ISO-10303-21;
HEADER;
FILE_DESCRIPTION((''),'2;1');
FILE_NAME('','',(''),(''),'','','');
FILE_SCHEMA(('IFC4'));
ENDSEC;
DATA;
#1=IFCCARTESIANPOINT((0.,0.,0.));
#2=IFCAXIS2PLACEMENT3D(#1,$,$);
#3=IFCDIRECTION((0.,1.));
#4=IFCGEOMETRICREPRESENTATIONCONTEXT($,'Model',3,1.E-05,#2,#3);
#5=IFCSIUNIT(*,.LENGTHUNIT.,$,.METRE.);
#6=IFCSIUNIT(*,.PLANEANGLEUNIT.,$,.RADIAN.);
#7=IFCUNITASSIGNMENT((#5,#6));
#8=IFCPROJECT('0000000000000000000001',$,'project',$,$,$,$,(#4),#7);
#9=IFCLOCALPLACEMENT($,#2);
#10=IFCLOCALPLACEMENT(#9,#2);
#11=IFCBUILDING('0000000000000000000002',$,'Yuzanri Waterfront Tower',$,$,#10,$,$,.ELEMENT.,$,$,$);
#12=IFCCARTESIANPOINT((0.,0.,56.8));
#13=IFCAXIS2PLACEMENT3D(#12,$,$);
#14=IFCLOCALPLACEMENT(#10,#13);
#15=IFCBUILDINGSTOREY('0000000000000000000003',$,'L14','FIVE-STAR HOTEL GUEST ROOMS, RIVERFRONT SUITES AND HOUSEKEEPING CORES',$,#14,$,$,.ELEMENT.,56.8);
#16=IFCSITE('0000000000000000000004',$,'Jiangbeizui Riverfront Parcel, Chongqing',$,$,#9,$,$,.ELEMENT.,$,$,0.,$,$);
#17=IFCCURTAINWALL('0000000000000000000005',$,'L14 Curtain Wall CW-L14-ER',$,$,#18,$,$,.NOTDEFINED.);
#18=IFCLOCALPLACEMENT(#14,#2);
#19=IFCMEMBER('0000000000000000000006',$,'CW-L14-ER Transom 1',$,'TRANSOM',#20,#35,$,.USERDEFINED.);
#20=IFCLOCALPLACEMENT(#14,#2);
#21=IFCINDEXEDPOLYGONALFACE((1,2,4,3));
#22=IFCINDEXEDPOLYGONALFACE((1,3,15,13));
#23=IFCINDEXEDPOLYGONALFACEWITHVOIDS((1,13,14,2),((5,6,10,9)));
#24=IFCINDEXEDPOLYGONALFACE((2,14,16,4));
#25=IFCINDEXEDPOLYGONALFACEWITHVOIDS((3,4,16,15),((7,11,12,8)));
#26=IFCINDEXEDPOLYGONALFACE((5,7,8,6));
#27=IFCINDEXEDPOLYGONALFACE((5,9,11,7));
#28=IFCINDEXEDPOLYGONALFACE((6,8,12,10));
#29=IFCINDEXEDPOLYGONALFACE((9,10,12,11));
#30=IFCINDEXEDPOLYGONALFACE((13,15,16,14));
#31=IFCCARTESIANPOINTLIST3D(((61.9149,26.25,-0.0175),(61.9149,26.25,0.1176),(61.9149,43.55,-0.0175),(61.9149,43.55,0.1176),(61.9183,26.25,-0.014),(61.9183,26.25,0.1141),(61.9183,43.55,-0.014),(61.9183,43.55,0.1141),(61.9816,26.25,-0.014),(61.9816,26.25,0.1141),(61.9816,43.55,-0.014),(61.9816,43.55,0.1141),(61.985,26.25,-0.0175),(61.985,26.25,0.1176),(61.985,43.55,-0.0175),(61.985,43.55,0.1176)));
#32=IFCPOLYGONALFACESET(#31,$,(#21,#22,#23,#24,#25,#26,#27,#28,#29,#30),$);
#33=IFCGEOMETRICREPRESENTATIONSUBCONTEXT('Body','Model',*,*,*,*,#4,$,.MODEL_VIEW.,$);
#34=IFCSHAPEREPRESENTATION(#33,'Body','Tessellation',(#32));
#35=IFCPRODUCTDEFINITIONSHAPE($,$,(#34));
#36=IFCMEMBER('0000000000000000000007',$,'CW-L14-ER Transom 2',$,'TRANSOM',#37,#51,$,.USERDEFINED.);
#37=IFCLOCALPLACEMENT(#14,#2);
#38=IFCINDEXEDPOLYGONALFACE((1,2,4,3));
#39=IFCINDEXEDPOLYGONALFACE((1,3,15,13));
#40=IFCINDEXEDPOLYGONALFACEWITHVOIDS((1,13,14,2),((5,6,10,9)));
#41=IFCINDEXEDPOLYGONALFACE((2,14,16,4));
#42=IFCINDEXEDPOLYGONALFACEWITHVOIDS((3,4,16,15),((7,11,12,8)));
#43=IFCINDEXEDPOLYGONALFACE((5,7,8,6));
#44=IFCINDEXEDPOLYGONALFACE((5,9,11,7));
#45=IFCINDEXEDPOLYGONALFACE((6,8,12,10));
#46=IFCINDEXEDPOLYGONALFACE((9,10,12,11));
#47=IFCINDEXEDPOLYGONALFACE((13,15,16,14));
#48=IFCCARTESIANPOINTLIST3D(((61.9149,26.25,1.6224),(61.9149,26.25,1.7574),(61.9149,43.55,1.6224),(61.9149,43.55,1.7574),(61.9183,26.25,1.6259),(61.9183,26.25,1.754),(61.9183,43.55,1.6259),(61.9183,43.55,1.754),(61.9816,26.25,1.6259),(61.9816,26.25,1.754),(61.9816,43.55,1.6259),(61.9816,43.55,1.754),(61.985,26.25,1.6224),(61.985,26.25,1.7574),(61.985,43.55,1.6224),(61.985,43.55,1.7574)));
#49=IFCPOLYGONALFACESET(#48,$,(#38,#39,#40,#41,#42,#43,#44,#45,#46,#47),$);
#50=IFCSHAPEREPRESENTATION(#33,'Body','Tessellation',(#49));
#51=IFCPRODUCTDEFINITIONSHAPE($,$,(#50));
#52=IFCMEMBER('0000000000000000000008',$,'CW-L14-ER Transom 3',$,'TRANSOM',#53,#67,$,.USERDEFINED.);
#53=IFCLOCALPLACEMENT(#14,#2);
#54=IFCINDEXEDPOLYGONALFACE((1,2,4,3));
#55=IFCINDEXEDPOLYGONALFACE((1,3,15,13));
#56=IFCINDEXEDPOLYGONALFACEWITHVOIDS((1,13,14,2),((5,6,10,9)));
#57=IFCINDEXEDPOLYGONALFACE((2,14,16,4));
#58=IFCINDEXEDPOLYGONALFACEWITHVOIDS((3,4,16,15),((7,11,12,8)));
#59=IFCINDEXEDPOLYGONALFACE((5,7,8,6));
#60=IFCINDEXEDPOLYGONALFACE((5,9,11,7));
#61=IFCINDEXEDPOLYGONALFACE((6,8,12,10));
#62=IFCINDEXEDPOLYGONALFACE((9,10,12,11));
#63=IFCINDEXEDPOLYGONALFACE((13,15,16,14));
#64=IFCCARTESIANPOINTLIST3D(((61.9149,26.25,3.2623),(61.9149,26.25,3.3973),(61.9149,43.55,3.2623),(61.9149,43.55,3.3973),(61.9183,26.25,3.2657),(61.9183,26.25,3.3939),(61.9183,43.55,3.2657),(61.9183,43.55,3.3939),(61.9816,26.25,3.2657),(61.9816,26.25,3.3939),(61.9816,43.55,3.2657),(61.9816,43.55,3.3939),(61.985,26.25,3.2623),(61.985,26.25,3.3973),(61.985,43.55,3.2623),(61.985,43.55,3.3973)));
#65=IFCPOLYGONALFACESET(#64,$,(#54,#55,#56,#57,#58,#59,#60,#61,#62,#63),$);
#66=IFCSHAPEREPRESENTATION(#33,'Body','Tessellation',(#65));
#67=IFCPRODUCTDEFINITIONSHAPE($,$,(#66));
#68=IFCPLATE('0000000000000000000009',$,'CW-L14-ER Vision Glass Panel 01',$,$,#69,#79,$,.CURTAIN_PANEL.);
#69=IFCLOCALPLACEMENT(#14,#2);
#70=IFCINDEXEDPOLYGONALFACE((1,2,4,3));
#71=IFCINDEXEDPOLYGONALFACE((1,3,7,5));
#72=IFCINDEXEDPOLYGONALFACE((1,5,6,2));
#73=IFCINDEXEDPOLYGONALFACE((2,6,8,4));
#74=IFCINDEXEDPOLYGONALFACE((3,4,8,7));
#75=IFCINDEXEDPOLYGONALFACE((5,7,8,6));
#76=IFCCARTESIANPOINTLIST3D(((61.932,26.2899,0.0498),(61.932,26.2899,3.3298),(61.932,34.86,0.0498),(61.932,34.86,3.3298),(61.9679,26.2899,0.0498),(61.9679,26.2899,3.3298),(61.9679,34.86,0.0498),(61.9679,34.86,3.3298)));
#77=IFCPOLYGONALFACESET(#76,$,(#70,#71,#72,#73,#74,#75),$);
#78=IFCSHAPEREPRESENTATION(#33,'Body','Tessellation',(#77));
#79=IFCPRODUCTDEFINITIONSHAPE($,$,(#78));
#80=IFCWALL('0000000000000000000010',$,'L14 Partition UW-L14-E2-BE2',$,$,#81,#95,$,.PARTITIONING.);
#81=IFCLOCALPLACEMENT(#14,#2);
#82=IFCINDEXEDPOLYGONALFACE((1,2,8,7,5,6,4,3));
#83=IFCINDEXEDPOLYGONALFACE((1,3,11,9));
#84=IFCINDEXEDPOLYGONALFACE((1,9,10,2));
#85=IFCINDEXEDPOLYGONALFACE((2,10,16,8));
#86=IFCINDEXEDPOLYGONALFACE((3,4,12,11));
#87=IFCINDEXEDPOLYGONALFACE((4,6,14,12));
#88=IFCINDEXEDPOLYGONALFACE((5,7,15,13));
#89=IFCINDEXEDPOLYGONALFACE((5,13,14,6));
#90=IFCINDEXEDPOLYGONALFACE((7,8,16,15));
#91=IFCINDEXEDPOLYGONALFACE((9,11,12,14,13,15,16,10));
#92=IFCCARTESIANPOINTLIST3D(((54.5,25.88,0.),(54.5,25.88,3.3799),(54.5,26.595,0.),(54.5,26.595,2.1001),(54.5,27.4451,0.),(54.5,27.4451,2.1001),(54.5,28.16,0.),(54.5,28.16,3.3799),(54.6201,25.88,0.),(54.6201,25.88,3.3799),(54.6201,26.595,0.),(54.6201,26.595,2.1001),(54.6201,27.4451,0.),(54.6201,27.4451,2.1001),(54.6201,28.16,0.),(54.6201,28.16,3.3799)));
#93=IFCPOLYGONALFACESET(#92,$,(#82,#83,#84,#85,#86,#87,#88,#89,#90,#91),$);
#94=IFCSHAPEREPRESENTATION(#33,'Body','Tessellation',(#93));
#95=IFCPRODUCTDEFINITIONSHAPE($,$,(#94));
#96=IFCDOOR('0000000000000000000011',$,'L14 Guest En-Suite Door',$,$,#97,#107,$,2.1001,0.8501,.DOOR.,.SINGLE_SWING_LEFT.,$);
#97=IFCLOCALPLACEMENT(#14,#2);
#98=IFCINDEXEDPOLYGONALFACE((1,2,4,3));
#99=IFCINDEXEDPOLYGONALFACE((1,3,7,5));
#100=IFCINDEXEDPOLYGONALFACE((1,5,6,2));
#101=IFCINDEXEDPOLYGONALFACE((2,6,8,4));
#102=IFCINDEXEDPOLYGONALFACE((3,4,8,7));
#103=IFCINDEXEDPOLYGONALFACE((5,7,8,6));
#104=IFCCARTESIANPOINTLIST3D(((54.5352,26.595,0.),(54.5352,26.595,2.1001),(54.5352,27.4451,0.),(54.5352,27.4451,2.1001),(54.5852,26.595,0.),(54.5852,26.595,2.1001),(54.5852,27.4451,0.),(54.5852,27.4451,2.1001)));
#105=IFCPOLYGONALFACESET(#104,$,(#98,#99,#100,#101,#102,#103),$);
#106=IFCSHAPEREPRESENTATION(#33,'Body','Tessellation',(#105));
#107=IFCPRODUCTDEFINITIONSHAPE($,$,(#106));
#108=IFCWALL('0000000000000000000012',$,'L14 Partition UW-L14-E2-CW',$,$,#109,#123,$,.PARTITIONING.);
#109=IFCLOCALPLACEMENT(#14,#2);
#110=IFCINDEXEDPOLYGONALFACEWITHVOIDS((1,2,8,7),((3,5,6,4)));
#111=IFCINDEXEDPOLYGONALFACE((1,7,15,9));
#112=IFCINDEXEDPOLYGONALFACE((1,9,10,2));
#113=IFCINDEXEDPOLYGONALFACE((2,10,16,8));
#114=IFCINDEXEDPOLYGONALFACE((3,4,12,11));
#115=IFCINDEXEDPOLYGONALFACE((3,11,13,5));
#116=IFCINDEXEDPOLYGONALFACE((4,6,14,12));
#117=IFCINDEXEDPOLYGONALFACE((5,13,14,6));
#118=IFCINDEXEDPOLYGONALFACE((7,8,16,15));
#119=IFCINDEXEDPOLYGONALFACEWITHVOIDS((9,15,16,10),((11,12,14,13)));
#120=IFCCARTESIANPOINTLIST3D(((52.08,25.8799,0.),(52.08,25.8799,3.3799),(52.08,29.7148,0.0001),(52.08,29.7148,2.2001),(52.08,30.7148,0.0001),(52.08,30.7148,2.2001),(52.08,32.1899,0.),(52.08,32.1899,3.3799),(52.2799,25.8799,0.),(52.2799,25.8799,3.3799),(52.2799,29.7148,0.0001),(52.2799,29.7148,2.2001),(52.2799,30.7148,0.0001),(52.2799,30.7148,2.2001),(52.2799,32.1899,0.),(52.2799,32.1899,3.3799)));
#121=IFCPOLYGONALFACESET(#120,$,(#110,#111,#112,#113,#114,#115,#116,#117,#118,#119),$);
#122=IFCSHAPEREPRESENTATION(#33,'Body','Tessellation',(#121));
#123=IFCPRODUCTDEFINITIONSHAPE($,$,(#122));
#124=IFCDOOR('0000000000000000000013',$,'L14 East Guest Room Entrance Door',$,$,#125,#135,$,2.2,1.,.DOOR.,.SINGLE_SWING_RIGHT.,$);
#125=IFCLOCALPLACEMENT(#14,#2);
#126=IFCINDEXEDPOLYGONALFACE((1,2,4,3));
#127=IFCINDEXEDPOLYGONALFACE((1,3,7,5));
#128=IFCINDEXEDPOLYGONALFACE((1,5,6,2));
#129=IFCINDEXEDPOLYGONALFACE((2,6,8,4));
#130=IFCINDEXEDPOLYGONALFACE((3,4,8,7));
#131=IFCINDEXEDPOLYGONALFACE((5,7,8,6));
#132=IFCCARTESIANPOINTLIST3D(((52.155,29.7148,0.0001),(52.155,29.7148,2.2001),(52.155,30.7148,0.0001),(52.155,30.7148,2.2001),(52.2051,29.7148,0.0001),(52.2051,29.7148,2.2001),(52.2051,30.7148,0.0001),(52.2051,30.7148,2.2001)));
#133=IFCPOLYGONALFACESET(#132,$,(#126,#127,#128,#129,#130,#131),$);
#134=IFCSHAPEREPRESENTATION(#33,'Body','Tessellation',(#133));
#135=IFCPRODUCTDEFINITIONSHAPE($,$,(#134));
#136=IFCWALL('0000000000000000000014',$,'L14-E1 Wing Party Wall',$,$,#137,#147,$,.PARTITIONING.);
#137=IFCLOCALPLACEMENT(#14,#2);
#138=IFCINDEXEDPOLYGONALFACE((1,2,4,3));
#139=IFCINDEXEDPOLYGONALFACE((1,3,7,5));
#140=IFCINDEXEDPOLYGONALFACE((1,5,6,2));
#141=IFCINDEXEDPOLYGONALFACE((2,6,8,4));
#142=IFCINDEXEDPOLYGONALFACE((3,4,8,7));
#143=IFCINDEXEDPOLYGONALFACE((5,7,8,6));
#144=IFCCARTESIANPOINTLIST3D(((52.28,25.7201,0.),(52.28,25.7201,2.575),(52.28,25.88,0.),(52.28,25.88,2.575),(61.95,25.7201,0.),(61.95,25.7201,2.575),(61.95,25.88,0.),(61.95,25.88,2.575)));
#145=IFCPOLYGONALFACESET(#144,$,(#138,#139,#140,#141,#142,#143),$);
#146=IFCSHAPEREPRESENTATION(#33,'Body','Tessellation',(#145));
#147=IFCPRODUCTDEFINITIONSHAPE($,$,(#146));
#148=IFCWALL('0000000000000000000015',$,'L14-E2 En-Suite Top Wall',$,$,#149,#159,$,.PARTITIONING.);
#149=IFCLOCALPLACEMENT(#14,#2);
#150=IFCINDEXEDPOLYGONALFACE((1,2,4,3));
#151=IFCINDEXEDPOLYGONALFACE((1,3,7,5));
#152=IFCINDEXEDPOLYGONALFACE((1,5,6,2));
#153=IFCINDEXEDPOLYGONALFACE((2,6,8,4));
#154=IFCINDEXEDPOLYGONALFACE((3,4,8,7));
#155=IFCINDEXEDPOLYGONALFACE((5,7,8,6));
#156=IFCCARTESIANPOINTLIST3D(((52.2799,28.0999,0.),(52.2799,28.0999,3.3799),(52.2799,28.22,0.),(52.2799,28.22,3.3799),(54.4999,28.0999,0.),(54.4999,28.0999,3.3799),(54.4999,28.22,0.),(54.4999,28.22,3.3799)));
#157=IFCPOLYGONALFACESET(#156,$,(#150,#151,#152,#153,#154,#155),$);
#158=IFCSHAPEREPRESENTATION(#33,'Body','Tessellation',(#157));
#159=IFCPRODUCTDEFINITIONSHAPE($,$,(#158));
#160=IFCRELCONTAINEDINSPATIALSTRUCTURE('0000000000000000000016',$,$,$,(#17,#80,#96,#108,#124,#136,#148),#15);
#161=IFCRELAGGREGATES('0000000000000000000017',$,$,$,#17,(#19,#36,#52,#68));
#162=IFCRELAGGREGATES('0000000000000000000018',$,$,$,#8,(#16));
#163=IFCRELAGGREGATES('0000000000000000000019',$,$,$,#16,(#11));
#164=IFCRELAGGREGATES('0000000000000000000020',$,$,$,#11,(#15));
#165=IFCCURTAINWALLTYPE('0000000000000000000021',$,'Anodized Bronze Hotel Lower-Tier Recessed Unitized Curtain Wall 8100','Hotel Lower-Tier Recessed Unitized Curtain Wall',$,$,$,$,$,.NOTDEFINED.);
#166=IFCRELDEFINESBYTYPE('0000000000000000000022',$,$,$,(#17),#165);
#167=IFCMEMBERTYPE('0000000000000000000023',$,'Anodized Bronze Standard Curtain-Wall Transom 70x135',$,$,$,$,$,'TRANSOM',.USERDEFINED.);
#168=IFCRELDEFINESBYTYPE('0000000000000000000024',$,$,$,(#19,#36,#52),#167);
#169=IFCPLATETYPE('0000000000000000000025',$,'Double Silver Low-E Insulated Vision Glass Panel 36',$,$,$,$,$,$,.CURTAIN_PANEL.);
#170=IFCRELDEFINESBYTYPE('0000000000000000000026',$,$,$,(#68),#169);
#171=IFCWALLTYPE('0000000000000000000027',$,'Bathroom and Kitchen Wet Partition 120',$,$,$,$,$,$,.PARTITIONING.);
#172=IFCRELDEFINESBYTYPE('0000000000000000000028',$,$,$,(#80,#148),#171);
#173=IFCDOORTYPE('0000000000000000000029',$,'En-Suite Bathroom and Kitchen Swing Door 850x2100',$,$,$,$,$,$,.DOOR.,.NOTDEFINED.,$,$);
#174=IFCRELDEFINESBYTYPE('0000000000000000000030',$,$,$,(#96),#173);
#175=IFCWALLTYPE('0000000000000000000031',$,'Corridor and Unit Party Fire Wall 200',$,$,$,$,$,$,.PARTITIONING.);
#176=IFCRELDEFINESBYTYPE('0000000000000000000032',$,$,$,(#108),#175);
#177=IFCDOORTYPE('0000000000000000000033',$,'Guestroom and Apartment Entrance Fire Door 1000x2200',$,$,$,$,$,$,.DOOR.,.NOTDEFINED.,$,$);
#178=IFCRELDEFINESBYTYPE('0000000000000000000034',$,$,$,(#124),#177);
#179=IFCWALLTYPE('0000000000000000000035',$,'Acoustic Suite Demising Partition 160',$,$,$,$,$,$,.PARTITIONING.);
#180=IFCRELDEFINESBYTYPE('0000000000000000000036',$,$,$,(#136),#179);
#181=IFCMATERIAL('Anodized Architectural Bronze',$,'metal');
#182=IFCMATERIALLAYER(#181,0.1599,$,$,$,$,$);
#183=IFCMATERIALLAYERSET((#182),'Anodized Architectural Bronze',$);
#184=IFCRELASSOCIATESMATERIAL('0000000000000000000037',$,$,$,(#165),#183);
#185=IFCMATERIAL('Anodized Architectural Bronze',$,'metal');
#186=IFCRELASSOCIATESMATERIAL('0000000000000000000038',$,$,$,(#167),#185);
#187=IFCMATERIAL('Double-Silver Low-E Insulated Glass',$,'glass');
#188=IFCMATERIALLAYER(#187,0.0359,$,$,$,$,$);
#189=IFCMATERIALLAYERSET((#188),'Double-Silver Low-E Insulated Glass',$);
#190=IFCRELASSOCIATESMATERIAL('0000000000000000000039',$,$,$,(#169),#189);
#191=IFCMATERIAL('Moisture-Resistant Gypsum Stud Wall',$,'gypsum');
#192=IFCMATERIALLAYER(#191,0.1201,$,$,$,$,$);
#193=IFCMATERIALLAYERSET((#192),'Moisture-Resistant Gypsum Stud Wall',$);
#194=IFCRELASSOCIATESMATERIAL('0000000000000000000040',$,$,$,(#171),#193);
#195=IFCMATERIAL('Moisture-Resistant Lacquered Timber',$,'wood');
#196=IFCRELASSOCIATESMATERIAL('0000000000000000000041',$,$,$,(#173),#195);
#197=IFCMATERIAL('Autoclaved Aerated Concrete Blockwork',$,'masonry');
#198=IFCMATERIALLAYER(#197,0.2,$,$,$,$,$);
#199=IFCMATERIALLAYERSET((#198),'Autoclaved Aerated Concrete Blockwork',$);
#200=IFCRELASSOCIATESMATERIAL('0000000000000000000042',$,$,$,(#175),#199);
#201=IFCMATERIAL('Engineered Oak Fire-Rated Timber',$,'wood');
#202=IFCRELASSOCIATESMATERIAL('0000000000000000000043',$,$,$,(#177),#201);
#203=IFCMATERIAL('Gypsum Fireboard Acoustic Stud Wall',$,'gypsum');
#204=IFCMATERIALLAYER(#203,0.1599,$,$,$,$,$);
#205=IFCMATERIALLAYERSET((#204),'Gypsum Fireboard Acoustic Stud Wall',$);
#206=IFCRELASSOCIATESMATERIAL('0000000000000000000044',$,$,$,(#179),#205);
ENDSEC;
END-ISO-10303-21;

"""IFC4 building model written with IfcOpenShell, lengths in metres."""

from ifc_helpers import new_model, si_unit, direction, frame, frame_2d, origin, origin_2d, place, context, subcontext, project, spatial, rectangle, hollow_rectangle, extrude, source, transform, mapped, material, layer, layer_set, material_profile, profile_set, type_object, element, fill, aggregate, save


model = new_model("IFC4")

# Units and contexts
model_context = context("Model", 3, precision=1e-05, world=origin(), true_north=direction((0.0, 1.0)))
body_context = subcontext(model_context, "Body", "Model", "MODEL_VIEW")
ifc_project = project(units=[si_unit("LENGTHUNIT", "METRE"), si_unit("PLANEANGLEUNIT", "RADIAN")], contexts=[model_context])

# Site, building, storey
site_placement = place(None, origin())
site = spatial("IfcSite", under=ifc_project, at=site_placement, Name="Jiangbeizui Riverfront Parcel, Chongqing", CompositionType="ELEMENT", RefElevation=0.0)
building_placement = place(site_placement, origin())
building = spatial("IfcBuilding", under=site, at=building_placement, Name="Yuzanri Waterfront Tower", CompositionType="ELEMENT")
storey_placement = place(building_placement, frame((0.0, 0.0, 56.8)))
storey = spatial("IfcBuildingStorey", under=building, at=storey_placement, Name="L14", Description="FIVE-STAR HOTEL GUEST ROOMS, RIVERFRONT SUITES AND HOUSEKEEPING CORES", CompositionType="ELEMENT", Elevation=56.8)

# Shared definitions
ifc_material_1 = material(Name="Anodized Architectural Bronze", Category="metal")
ifc_layer_1 = layer(ifc_material_1, 0.1599)
ifc_layer_set_1 = layer_set([ifc_layer_1], Name="Anodized Architectural Bronze")
curtain_wall_type = type_object("IfcCurtainWallType", Name="Anodized Bronze Hotel Lower-Tier Recessed Unitized Curtain Wall 8100", Description="Hotel Lower-Tier Recessed Unitized Curtain Wall", PredefinedType="NOTDEFINED", material=ifc_layer_set_1)

# Curtain wall, members, plate
curtain_wall_1_placement = place(storey_placement, origin())
curtain_wall_1 = element("IfcCurtainWall", 1, at=curtain_wall_1_placement, inside=storey, type_object=curtain_wall_type, Name="L14 Curtain Wall CW-L14-ER", PredefinedType="NOTDEFINED")
ifc_material_2 = material(Name="Anodized Architectural Bronze", Category="metal")
ifc_material_profile_1 = material_profile(ifc_material_2, hollow_rectangle(XDim=0.0701, YDim=0.135, WallThickness=0.0034, at=origin_2d()), Name="CWT 70x135")
ifc_profile_set_1 = profile_set([ifc_material_profile_1], Name="Anodized Architectural Bronze")
member_type_1 = type_object("IfcMemberType", Name="Anodized Bronze Standard Curtain-Wall Transom 70x135", ElementType="TRANSOM", PredefinedType="USERDEFINED", material=ifc_profile_set_1)
shared_shape_1 = source(origin(), body_context, "Body", "SweptSolid", [
    extrude(hollow_rectangle(XDim=0.0701, YDim=0.135, WallThickness=0.0034, at=origin_2d()), origin(), (0.0, 0.0, 1.0), 17.3),
])
member_1_placement = place(storey_placement, frame((61.95, 26.25, 0.05), z_axis=(0.0, 1.0, 0.0), x_axis=(-1.0, 0.0, 0.0)))
member_1 = element("IfcMember", 2, at=member_1_placement, type_object=member_type_1, Name="CW-L14-ER Transom 1", ObjectType="TRANSOM", PredefinedType="USERDEFINED", context=body_context, shape_type="MappedRepresentation", body=[
    mapped(shared_shape_1, transform((0.0, 0.0, 0.0), scale=1.0)),
])
member_2_placement = place(storey_placement, frame((61.95, 26.25, 1.6899), z_axis=(0.0, 1.0, 0.0), x_axis=(-1.0, 0.0, 0.0)))
member_2 = element("IfcMember", 3, at=member_2_placement, type_object=member_type_1, Name="CW-L14-ER Transom 2", ObjectType="TRANSOM", PredefinedType="USERDEFINED", context=body_context, shape_type="MappedRepresentation", body=[
    mapped(shared_shape_1, transform((0.0, 0.0, 0.0), scale=1.0)),
])
member_3_placement = place(storey_placement, frame((61.95, 26.25, 3.3298), z_axis=(0.0, 1.0, 0.0), x_axis=(-1.0, 0.0, 0.0)))
member_3 = element("IfcMember", 4, at=member_3_placement, type_object=member_type_1, Name="CW-L14-ER Transom 3", ObjectType="TRANSOM", PredefinedType="USERDEFINED", context=body_context, shape_type="MappedRepresentation", body=[
    mapped(shared_shape_1, transform((0.0, 0.0, 0.0), scale=1.0)),
])
ifc_material_3 = material(Name="Double-Silver Low-E Insulated Glass", Category="glass")
ifc_layer_2 = layer(ifc_material_3, 0.0359)
ifc_layer_set_2 = layer_set([ifc_layer_2], Name="Double-Silver Low-E Insulated Glass")
plate_type = type_object("IfcPlateType", Name="Double Silver Low-E Insulated Vision Glass Panel 36", PredefinedType="CURTAIN_PANEL", material=ifc_layer_set_2)
shared_shape_2 = source(origin(), body_context, "Body", "SweptSolid", [
    extrude(rectangle(XDim=8.5701, YDim=0.0359, at=origin_2d()), origin(), (0.0, 0.0, 1.0), 3.28),
])
plate_placement = place(storey_placement, frame((61.95, 30.575, 0.0498), z_axis=(0.0, 0.0, 1.0), x_axis=(0.0, 1.0, 0.0)))
plate = element("IfcPlate", 5, at=plate_placement, type_object=plate_type, Name="CW-L14-ER Vision Glass Panel 01", PredefinedType="CURTAIN_PANEL", context=body_context, shape_type="MappedRepresentation", body=[
    mapped(shared_shape_2, transform((0.0, 0.0, 0.0), scale=1.0)),
])
aggregate(curtain_wall_1, [member_1, member_2, member_3, plate])

# Walls, openings, doors
ifc_material_4 = material(Name="Moisture-Resistant Gypsum Stud Wall", Category="gypsum")
ifc_layer_3 = layer(ifc_material_4, 0.1201)
ifc_layer_set_3 = layer_set([ifc_layer_3], Name="Moisture-Resistant Gypsum Stud Wall")
wall_type_1 = type_object("IfcWallType", Name="Bathroom and Kitchen Wet Partition 120", PredefinedType="PARTITIONING", material=ifc_layer_set_3)
wall_1_placement = place(storey_placement, frame((54.5601, 25.8799, 0.0), z_axis=(0.0, 0.0, 1.0), x_axis=(0.0, 1.0, 0.0)))
wall_1 = element("IfcWall", 6, at=wall_1_placement, inside=storey, type_object=wall_type_1, Name="L14 Partition UW-L14-E2-BE2", PredefinedType="PARTITIONING", context=body_context, shape_type="SweptSolid", body=[
    extrude(rectangle(XDim=2.28, YDim=0.1201, at=frame_2d((1.1401, 0.0))), origin(), (0.0, 0.0, 1.0), 3.3799),
])
opening_1_placement = place(wall_1_placement, frame((0.7151, 0.0, 0.0)))
opening_1 = element("IfcOpeningElement", 7, at=opening_1_placement, cuts=wall_1, PredefinedType="OPENING", context=body_context, shape_type="SweptSolid", body=[
    extrude(rectangle(XDim=0.8501, YDim=2.1001, at=frame_2d((0.425, 1.05))), frame((0.0, 0.075, 0.0), z_axis=(0.0, -1.0, 0.0), x_axis=(1.0, 0.0, 0.0)), (0.0, 0.0, 1.0), 0.1499),
])
ifc_material_5 = material(Name="Moisture-Resistant Lacquered Timber", Category="wood")
door_type_1 = type_object("IfcDoorType", Name="En-Suite Bathroom and Kitchen Swing Door 850x2100", OperationType="NOTDEFINED", PredefinedType="DOOR", material=ifc_material_5)
shared_shape_3 = source(origin(), body_context, "Body", "SweptSolid", [
    extrude(rectangle(XDim=0.8501, YDim=2.1001, at=frame_2d((0.425, 1.05))), frame((0.0, 0.0249, 0.0), z_axis=(0.0, -1.0, 0.0), x_axis=(1.0, 0.0, 0.0)), (0.0, 0.0, 1.0), 0.05),
])
door_1_placement = place(opening_1_placement, origin())
door_1 = element("IfcDoor", 8, at=door_1_placement, inside=storey, type_object=door_type_1, Name="L14 Guest En-Suite Door", OperationType="SINGLE_SWING_LEFT", OverallHeight=2.1001, OverallWidth=0.8501, PredefinedType="DOOR", context=body_context, shape_type="MappedRepresentation", body=[
    mapped(shared_shape_3, transform((0.0, 0.0, 0.0), scale=1.0)),
])
fill(opening_1, door_1)
ifc_material_6 = material(Name="Autoclaved Aerated Concrete Blockwork", Category="masonry")
ifc_layer_4 = layer(ifc_material_6, 0.2)
ifc_layer_set_4 = layer_set([ifc_layer_4], Name="Autoclaved Aerated Concrete Blockwork")
wall_type_2 = type_object("IfcWallType", Name="Corridor and Unit Party Fire Wall 200", PredefinedType="PARTITIONING", material=ifc_layer_set_4)
wall_2_placement = place(storey_placement, frame((52.1799, 25.8799, 0.0), z_axis=(0.0, 0.0, 1.0), x_axis=(0.0, 1.0, 0.0)))
wall_2 = element("IfcWall", 9, at=wall_2_placement, inside=storey, type_object=wall_type_2, Name="L14 Partition UW-L14-E2-CW", PredefinedType="PARTITIONING", context=body_context, shape_type="SweptSolid", body=[
    extrude(rectangle(XDim=6.3101, YDim=0.2, at=frame_2d((3.155, 0.0))), origin(), (0.0, 0.0, 1.0), 3.3799),
])
opening_2_placement = place(wall_2_placement, frame((3.835, 0.0, 0.0)))
opening_2 = element("IfcOpeningElement", 10, at=opening_2_placement, cuts=wall_2, PredefinedType="OPENING", context=body_context, shape_type="SweptSolid", body=[
    extrude(rectangle(XDim=1.0, YDim=2.2, at=frame_2d((0.5, 1.1001))), frame((0.0, 0.1147, 0.0), z_axis=(0.0, -1.0, 0.0), x_axis=(1.0, 0.0, 0.0)), (0.0, 0.0, 1.0), 0.2297),
])
ifc_material_7 = material(Name="Engineered Oak Fire-Rated Timber", Category="wood")
door_type_2 = type_object("IfcDoorType", Name="Guestroom and Apartment Entrance Fire Door 1000x2200", OperationType="NOTDEFINED", PredefinedType="DOOR", material=ifc_material_7)
shared_shape_4 = source(origin(), body_context, "Body", "SweptSolid", [
    extrude(rectangle(XDim=1.0, YDim=2.2, at=frame_2d((0.5, 1.1001))), frame((0.0, 0.0249, 0.0), z_axis=(0.0, -1.0, 0.0), x_axis=(1.0, 0.0, 0.0)), (0.0, 0.0, 1.0), 0.05),
])
door_2_placement = place(opening_2_placement, origin())
door_2 = element("IfcDoor", 11, at=door_2_placement, inside=storey, type_object=door_type_2, Name="L14 East Guest Room Entrance Door", OperationType="SINGLE_SWING_RIGHT", OverallHeight=2.2, OverallWidth=1.0, PredefinedType="DOOR", context=body_context, shape_type="MappedRepresentation", body=[
    mapped(shared_shape_4, transform((0.0, 0.0, 0.0), scale=1.0)),
])
fill(opening_2, door_2)

# Walls
ifc_material_8 = material(Name="Gypsum Fireboard Acoustic Stud Wall", Category="gypsum")
ifc_layer_5 = layer(ifc_material_8, 0.1599)
ifc_layer_set_5 = layer_set([ifc_layer_5], Name="Gypsum Fireboard Acoustic Stud Wall")
wall_type_3 = type_object("IfcWallType", Name="Acoustic Suite Demising Partition 160", PredefinedType="PARTITIONING", material=ifc_layer_set_5)
shared_shape_5 = source(origin(), body_context, "Body", "SweptSolid", [
    extrude(rectangle(XDim=9.6699, YDim=0.1599, at=frame_2d((4.835, 0.0))), origin(), (0.0, 0.0, 1.0), 2.575),
])
wall_3_placement = place(storey_placement, frame((52.28, 25.8, 0.0), z_axis=(0.0, 0.0, 1.0), x_axis=(1.0, 0.0, 0.0)))
element("IfcWall", 12, at=wall_3_placement, inside=storey, type_object=wall_type_3, Name="L14-E1 Wing Party Wall", PredefinedType="PARTITIONING", context=body_context, shape_type="MappedRepresentation", body=[
    mapped(shared_shape_5, transform((0.0, 0.0, 0.0), scale=1.0)),
])
shared_shape_6 = source(origin(), body_context, "Body", "SweptSolid", [
    extrude(rectangle(XDim=2.22, YDim=0.1201, at=frame_2d((1.1099, 0.0))), origin(), (0.0, 0.0, 1.0), 3.3799),
])
wall_4_placement = place(storey_placement, frame((52.28, 28.1599, 0.0), z_axis=(0.0, 0.0, 1.0), x_axis=(1.0, 0.0, 0.0)))
element("IfcWall", 13, at=wall_4_placement, inside=storey, type_object=wall_type_1, Name="L14-E2 En-Suite Top Wall", PredefinedType="PARTITIONING", context=body_context, shape_type="MappedRepresentation", body=[
    mapped(shared_shape_6, transform((0.0, 0.0, 0.0), scale=1.0)),
])

save(model, "model.ifc")
